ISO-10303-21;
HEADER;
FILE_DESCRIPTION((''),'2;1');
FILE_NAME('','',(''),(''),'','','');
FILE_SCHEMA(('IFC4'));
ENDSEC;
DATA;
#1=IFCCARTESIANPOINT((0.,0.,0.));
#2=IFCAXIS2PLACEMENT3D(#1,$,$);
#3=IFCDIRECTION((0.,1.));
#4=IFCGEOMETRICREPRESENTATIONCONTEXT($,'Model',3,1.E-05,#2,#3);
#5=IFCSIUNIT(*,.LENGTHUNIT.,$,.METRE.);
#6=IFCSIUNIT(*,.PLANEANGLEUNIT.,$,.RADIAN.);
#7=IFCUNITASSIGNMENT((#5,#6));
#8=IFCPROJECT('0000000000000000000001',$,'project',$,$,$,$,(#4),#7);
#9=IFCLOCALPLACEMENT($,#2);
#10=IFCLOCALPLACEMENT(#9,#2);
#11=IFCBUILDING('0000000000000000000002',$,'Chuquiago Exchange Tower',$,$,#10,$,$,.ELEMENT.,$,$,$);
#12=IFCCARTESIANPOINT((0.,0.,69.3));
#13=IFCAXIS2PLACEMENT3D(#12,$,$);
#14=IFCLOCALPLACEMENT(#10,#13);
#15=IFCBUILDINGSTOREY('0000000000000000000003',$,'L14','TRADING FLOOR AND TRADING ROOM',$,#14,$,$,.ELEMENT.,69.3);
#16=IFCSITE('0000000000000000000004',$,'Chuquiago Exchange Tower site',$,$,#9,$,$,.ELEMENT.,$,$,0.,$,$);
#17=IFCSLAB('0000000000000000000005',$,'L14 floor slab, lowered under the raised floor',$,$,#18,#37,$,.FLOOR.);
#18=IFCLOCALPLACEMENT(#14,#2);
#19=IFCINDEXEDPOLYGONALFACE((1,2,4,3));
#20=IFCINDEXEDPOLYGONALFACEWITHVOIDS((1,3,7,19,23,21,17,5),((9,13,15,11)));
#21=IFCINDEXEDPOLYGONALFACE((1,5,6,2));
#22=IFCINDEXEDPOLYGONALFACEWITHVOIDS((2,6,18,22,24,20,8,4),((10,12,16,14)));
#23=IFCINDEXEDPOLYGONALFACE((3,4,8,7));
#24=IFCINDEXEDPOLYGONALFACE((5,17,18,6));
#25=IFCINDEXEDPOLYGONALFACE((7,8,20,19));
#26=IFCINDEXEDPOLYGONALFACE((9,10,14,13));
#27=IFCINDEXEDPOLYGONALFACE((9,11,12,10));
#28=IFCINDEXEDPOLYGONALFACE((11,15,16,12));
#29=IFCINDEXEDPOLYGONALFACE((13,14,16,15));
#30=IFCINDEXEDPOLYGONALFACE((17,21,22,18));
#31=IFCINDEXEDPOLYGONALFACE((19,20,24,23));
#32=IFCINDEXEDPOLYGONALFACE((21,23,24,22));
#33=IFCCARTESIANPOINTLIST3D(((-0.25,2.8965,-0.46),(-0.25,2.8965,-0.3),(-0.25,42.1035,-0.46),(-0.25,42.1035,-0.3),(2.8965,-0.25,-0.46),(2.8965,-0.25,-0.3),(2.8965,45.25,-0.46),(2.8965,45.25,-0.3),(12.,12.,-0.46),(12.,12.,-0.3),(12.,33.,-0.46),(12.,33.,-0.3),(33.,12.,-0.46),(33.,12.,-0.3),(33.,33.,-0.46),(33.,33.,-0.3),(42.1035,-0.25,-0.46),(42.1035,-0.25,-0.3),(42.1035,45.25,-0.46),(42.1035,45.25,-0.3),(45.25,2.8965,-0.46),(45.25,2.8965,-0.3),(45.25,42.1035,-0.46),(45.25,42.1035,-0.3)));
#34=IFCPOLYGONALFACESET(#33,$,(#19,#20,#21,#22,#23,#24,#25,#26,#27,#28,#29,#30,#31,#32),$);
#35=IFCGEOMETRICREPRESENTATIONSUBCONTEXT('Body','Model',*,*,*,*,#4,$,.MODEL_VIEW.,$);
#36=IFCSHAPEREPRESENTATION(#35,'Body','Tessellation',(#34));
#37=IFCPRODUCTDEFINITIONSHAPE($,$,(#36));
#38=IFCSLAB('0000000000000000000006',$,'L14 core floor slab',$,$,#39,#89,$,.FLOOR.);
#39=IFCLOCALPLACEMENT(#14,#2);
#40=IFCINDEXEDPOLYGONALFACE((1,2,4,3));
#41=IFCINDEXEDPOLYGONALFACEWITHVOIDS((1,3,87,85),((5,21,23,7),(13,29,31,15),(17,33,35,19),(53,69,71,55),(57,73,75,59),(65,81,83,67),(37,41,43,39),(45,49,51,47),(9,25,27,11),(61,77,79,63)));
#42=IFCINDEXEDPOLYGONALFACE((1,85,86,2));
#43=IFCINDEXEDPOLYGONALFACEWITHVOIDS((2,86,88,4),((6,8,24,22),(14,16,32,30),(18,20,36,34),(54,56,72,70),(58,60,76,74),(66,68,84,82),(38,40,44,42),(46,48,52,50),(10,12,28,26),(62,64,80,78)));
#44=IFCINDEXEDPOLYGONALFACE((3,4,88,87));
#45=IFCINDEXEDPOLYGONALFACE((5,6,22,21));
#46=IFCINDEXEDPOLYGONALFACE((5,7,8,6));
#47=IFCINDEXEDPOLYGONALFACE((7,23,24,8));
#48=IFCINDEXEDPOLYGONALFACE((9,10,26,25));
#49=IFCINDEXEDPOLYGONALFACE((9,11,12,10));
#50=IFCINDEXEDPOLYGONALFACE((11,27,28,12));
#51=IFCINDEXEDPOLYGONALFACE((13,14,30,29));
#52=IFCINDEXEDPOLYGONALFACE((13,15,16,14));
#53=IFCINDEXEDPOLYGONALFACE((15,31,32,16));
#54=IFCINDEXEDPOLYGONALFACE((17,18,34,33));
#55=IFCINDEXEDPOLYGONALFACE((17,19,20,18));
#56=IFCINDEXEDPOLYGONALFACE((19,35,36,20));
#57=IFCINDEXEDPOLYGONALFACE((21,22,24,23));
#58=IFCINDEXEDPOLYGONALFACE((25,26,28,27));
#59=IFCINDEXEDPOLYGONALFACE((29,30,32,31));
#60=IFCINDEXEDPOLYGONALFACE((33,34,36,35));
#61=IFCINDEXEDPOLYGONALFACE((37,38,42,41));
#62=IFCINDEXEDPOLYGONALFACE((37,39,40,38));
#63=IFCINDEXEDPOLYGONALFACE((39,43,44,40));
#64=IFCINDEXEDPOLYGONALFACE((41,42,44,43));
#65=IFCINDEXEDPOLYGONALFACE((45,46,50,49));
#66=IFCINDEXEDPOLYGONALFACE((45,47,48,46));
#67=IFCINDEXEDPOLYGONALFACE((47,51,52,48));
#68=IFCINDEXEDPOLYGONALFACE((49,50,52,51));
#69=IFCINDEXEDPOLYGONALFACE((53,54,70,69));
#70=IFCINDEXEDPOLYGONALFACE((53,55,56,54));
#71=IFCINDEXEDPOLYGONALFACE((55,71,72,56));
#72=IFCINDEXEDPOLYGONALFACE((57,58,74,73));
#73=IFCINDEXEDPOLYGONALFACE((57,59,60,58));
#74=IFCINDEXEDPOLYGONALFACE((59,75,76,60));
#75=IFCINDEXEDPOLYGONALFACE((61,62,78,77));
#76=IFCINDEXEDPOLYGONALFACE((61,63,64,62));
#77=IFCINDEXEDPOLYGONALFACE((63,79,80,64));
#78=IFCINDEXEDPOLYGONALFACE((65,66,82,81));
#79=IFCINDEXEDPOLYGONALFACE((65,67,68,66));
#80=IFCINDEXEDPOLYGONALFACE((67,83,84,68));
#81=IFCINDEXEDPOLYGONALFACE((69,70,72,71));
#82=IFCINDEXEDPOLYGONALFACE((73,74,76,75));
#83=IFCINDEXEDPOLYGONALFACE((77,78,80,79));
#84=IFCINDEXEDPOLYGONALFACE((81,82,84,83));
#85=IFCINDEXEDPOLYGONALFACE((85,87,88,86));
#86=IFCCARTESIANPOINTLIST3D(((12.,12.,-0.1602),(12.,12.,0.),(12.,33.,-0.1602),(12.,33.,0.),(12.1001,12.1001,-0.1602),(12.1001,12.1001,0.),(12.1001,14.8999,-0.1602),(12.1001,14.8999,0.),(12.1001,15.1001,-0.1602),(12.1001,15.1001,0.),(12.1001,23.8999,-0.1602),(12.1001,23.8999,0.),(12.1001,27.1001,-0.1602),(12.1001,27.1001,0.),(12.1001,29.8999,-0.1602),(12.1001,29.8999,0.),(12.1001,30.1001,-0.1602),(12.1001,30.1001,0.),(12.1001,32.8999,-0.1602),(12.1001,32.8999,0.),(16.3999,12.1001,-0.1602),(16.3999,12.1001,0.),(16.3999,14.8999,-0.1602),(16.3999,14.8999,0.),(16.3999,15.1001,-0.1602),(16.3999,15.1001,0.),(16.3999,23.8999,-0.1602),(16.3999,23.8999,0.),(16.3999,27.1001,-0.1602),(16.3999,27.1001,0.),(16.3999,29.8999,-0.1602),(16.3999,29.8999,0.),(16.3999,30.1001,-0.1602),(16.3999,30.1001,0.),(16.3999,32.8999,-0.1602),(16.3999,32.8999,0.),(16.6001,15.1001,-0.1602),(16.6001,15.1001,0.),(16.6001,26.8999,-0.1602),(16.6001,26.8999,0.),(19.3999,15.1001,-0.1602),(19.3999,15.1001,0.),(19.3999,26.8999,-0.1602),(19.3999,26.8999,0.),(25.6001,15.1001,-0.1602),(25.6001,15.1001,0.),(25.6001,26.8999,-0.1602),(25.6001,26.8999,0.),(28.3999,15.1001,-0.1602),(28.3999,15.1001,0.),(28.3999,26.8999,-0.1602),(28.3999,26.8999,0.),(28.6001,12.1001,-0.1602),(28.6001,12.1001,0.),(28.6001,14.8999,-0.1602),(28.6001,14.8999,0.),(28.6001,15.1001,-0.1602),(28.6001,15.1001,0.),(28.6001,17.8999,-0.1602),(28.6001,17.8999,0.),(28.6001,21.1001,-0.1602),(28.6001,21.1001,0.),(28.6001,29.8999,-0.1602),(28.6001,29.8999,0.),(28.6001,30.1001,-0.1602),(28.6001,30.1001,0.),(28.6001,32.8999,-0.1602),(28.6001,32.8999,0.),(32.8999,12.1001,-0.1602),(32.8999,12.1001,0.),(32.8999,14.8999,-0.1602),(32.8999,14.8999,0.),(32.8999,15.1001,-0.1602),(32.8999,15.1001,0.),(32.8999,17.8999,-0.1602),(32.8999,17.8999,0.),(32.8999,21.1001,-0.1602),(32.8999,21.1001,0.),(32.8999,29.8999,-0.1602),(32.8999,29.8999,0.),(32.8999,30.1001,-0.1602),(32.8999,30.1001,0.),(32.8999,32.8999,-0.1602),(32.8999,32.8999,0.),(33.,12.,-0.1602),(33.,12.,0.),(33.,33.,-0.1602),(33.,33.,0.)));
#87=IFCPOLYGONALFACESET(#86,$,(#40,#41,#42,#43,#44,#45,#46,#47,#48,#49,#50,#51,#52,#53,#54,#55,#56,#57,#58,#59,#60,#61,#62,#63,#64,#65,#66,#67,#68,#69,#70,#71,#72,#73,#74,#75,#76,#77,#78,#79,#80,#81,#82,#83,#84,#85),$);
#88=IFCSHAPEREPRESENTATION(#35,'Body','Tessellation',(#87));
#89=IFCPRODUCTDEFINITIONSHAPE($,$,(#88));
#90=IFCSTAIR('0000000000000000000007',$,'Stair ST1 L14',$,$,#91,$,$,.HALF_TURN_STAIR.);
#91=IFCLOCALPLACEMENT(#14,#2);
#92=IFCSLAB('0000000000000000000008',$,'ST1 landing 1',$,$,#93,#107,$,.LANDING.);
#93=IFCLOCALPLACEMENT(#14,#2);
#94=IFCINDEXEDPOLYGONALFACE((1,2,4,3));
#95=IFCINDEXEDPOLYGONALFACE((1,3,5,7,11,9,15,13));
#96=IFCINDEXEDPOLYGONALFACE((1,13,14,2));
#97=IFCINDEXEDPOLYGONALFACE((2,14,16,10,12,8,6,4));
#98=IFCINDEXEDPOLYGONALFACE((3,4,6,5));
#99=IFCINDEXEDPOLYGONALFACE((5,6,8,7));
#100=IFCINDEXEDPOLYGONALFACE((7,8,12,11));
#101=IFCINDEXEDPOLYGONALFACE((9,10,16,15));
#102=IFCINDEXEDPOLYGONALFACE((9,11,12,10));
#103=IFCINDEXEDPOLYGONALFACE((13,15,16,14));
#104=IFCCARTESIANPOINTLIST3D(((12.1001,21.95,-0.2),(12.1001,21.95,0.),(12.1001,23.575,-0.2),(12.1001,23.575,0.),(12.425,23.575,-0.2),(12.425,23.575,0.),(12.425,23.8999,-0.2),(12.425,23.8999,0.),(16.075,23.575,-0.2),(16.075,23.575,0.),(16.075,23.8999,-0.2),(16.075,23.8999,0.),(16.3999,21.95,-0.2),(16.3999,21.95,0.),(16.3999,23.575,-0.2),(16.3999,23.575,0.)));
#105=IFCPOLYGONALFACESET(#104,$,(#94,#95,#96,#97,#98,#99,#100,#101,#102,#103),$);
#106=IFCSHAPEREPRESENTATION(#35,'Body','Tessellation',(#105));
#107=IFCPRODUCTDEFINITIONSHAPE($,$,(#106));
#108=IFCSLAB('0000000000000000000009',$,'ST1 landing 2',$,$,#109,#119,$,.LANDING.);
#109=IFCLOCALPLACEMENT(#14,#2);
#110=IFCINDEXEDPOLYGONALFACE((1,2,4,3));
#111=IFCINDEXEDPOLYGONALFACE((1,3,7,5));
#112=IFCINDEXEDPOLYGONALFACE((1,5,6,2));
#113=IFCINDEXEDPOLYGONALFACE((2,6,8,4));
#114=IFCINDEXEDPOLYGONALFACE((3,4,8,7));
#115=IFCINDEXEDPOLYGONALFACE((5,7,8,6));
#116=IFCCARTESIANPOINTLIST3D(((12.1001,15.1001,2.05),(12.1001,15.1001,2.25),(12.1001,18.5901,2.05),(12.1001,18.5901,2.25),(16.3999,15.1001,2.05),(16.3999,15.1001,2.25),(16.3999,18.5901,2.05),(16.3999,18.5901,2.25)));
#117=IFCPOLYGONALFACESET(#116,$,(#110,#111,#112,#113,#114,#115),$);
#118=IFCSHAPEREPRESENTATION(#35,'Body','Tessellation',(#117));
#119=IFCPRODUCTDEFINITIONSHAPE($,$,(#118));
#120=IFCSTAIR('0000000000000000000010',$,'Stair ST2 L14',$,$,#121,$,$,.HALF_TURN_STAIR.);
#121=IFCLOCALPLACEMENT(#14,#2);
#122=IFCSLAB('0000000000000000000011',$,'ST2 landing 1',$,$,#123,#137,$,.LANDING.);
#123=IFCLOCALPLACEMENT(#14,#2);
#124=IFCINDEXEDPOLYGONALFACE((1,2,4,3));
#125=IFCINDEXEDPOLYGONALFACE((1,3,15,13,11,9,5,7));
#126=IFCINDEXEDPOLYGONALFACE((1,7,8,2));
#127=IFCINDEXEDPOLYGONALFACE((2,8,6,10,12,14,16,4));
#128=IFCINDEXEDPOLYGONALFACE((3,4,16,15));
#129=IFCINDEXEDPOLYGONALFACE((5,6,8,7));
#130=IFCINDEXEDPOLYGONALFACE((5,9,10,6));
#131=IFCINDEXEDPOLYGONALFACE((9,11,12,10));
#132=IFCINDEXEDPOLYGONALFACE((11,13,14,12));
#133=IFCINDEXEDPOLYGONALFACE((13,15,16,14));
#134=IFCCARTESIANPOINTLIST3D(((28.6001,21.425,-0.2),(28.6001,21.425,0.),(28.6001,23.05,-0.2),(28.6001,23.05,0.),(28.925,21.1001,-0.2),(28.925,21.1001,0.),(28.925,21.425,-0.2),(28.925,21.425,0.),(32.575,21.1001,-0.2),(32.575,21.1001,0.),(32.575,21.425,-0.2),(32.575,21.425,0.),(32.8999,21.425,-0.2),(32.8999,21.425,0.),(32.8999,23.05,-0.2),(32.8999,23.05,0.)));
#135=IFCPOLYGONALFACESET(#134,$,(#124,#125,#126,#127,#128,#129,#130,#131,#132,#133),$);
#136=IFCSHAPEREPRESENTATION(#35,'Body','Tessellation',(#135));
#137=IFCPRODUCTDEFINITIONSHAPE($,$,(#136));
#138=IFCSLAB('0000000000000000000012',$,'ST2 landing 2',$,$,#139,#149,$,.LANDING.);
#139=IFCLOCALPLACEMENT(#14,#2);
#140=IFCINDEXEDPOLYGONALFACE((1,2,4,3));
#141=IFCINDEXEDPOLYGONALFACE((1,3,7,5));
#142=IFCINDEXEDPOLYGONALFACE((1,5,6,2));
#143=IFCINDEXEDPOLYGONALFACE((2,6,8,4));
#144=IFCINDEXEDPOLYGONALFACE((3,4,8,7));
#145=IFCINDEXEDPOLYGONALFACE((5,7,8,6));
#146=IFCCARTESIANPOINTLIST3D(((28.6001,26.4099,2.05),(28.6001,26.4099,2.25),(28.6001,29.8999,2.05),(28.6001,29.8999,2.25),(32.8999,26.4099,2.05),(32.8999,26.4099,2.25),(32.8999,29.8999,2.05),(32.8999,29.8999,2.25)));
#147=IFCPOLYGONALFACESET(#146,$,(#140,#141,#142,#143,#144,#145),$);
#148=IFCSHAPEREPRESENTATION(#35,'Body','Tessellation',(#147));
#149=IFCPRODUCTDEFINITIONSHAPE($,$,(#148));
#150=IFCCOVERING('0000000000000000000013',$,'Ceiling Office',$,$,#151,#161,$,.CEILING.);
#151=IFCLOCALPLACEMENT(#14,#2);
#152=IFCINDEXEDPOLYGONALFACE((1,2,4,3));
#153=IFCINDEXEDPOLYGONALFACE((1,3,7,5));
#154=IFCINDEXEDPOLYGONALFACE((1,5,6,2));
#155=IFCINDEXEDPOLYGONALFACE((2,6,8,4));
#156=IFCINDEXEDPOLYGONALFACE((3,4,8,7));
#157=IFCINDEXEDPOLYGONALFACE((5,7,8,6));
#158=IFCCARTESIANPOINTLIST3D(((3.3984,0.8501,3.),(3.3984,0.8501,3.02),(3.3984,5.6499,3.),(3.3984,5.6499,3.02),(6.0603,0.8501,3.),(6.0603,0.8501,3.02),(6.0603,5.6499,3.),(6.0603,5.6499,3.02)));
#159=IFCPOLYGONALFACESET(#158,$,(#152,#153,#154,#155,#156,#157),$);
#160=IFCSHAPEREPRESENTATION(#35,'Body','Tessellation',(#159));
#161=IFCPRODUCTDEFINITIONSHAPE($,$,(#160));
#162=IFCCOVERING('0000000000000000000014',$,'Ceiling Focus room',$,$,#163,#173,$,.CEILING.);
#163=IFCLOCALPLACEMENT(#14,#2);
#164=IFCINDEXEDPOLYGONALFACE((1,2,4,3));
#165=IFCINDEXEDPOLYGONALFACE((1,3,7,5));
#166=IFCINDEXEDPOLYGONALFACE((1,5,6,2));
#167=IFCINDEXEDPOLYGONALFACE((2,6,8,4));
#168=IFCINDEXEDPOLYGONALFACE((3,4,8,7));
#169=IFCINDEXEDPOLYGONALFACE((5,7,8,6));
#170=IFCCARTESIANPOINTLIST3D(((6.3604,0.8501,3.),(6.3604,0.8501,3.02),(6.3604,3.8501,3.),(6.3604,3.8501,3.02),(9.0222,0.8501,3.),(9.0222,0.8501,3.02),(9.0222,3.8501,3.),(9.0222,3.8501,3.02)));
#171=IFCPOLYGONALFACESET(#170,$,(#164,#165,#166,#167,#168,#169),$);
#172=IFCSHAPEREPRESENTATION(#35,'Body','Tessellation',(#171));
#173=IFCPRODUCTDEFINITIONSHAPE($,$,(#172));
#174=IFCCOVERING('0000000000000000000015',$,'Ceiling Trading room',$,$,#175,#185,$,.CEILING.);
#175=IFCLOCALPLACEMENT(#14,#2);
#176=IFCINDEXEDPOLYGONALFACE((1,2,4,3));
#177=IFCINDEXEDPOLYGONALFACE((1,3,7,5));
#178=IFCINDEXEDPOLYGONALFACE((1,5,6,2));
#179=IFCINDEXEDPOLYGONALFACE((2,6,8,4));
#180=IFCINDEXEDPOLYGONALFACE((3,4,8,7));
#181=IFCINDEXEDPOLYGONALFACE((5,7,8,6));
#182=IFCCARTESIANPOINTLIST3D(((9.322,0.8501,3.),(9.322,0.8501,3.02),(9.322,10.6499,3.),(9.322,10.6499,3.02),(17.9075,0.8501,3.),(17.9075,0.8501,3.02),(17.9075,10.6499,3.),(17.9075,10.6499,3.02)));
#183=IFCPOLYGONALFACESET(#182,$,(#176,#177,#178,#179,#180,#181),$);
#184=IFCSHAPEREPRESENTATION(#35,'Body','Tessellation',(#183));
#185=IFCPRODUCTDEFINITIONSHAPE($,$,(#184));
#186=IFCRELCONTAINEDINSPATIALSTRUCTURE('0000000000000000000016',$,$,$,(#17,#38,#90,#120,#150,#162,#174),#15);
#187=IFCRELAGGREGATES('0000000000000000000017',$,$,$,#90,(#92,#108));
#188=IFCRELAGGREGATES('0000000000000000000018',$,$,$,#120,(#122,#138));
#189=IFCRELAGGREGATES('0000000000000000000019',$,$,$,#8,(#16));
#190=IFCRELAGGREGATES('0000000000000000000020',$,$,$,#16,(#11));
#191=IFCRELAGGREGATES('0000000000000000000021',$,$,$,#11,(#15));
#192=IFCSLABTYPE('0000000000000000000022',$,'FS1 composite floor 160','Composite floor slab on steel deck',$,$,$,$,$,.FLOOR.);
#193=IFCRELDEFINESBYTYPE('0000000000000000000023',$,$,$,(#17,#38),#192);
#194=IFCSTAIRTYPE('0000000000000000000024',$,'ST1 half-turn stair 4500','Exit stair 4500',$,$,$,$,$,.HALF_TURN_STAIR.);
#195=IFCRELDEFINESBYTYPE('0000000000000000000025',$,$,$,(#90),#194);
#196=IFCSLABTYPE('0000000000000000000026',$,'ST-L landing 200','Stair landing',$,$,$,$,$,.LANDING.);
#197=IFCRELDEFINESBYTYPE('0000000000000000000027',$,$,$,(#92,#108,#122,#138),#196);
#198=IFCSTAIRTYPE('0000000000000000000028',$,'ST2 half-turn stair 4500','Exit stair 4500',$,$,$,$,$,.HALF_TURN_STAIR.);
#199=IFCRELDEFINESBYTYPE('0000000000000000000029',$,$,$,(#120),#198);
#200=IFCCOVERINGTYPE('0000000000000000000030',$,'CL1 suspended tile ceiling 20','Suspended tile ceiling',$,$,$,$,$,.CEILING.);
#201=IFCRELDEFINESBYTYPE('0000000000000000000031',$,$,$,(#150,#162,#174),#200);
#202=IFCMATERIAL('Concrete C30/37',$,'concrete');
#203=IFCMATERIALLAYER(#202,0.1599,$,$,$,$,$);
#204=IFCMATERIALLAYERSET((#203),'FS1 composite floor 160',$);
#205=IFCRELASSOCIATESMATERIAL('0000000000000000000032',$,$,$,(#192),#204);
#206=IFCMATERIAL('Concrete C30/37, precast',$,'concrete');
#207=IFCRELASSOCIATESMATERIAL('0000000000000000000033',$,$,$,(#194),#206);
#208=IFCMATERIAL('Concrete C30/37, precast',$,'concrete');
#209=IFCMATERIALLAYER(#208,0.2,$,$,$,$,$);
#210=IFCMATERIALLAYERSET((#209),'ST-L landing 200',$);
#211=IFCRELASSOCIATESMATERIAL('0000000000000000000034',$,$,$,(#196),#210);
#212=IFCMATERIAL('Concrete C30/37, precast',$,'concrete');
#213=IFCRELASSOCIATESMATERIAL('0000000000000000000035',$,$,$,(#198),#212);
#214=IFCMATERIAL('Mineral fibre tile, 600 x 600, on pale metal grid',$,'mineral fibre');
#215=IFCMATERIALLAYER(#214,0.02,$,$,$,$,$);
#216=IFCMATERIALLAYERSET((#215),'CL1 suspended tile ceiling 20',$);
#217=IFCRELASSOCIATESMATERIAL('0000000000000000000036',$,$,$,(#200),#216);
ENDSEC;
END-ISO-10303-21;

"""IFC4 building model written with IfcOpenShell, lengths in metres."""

from ifc_helpers import new_model, si_unit, direction, frame, origin, place, context, subcontext, project, spatial, polyline, outline, extrude, material, layer, layer_set, type_object, element, aggregate, save


model = new_model("IFC4")

# Units and contexts
model_context = context("Model", 3, precision=1e-05, world=origin(), true_north=direction((0.0, 1.0)))
body_context = subcontext(model_context, "Body", "Model", "MODEL_VIEW")
ifc_project = project(units=[si_unit("LENGTHUNIT", "METRE"), si_unit("PLANEANGLEUNIT", "RADIAN")], contexts=[model_context])

# Site, building, storey
site_placement = place(None, origin())
site = spatial("IfcSite", under=ifc_project, at=site_placement, Name="Chuquiago Exchange Tower site", CompositionType="ELEMENT", RefElevation=0.0)
building_placement = place(site_placement, origin())
building = spatial("IfcBuilding", under=site, at=building_placement, Name="Chuquiago Exchange Tower", CompositionType="ELEMENT")
storey_placement = place(building_placement, frame((0.0, 0.0, 69.3)))
storey = spatial("IfcBuildingStorey", under=building, at=storey_placement, Name="L14", Description="TRADING FLOOR AND TRADING ROOM", CompositionType="ELEMENT", Elevation=69.3)

# Slabs
ifc_material_1 = material(Name="Concrete C30/37", Category="concrete")
ifc_layer_1 = layer(ifc_material_1, 0.1599)
ifc_layer_set_1 = layer_set([ifc_layer_1], Name="FS1 composite floor 160")
slab_type_1 = type_object("IfcSlabType", Name="FS1 composite floor 160", Description="Composite floor slab on steel deck", PredefinedType="FLOOR", material=ifc_layer_set_1)
slab_1_placement = place(storey_placement, frame((0.0, 0.0, -0.46)))
element("IfcSlab", 1, at=slab_1_placement, inside=storey, type_object=slab_type_1, Name="L14 floor slab, lowered under the raised floor", PredefinedType="FLOOR", context=body_context, shape_type="SweptSolid", body=[
    extrude(outline(polyline([(-0.25, 2.8965), (-0.25, 42.1035), (2.8965, 45.25), (42.1035, 45.25), (45.25, 42.1035), (45.25, 2.8965), (42.1035, -0.25), (2.8965, -0.25), (-0.25, 2.8965)]), holes=[polyline([(33.0, 33.0), (12.0, 33.0), (12.0, 12.0), (33.0, 12.0), (33.0, 33.0)])]), origin(), (0.0, 0.0, 1.0), 0.1599),
])
slab_2_placement = place(storey_placement, frame((0.0, 0.0, -0.1602)))
element("IfcSlab", 2, at=slab_2_placement, inside=storey, type_object=slab_type_1, Name="L14 core floor slab", PredefinedType="FLOOR", context=body_context, shape_type="SweptSolid", body=[
    extrude(outline(polyline([(33.0, 12.0), (33.0, 33.0), (12.0, 33.0), (12.0, 12.0), (33.0, 12.0)]), holes=[polyline([(16.3999, 15.1001), (12.1001, 15.1001), (12.1001, 23.8999), (16.3999, 23.8999), (16.3999, 15.1001)]), polyline([(32.8999, 21.1001), (28.6001, 21.1001), (28.6001, 29.8999), (32.8999, 29.8999), (32.8999, 21.1001)]), polyline([(16.3999, 12.1001), (12.1001, 12.1001), (12.1001, 14.8999), (16.3999, 14.8999), (16.3999, 12.1001)]), polyline([(16.3999, 30.1001), (12.1001, 30.1001), (12.1001, 32.8999), (16.3999, 32.8999), (16.3999, 30.1001)]), polyline([(32.8999, 12.1001), (28.6001, 12.1001), (28.6001, 14.8999), (32.8999, 14.8999), (32.8999, 12.1001)]), polyline([(32.8999, 30.1001), (28.6001, 30.1001), (28.6001, 32.8999), (32.8999, 32.8999), (32.8999, 30.1001)]), polyline([(16.3999, 27.1001), (12.1001, 27.1001), (12.1001, 29.8999), (16.3999, 29.8999), (16.3999, 27.1001)]), polyline([(32.8999, 15.1001), (28.6001, 15.1001), (28.6001, 17.8999), (32.8999, 17.8999), (32.8999, 15.1001)]), polyline([(19.3999, 15.1001), (16.6001, 15.1001), (16.6001, 26.8999), (19.3999, 26.8999), (19.3999, 15.1001)]), polyline([(28.3999, 15.1001), (25.6001, 15.1001), (25.6001, 26.8999), (28.3999, 26.8999), (28.3999, 15.1001)])]), origin(), (0.0, 0.0, 1.0), 0.1602),
])

# Stairs, slabs
ifc_material_2 = material(Name="Concrete C30/37, precast", Category="concrete")
stair_type_1 = type_object("IfcStairType", Name="ST1 half-turn stair 4500", Description="Exit stair 4500", PredefinedType="HALF_TURN_STAIR", material=ifc_material_2)
stair_1_placement = place(storey_placement, origin())
stair_1 = element("IfcStair", 3, at=stair_1_placement, inside=storey, type_object=stair_type_1, Name="Stair ST1 L14", PredefinedType="HALF_TURN_STAIR")
ifc_material_3 = material(Name="Concrete C30/37, precast", Category="concrete")
ifc_layer_2 = layer(ifc_material_3, 0.2)
ifc_layer_set_2 = layer_set([ifc_layer_2], Name="ST-L landing 200")
slab_type_2 = type_object("IfcSlabType", Name="ST-L landing 200", Description="Stair landing", PredefinedType="LANDING", material=ifc_layer_set_2)
slab_3_placement = place(storey_placement, frame((0.0, 0.0, -0.2)))
slab_3 = element("IfcSlab", 4, at=slab_3_placement, type_object=slab_type_2, Name="ST1 landing 1", PredefinedType="LANDING", context=body_context, shape_type="SweptSolid", body=[
    extrude(outline(polyline([(12.425, 23.8999), (16.075, 23.8999), (16.075, 23.575), (16.3999, 23.575), (16.3999, 21.95), (12.1001, 21.95), (12.1001, 23.575), (12.425, 23.575), (12.425, 23.8999)])), origin(), (0.0, 0.0, 1.0), 0.2),
])
slab_4_placement = place(storey_placement, frame((0.0, 0.0, 2.05)))
slab_4 = element("IfcSlab", 5, at=slab_4_placement, type_object=slab_type_2, Name="ST1 landing 2", PredefinedType="LANDING", context=body_context, shape_type="SweptSolid", body=[
    extrude(outline(polyline([(12.1001, 18.5901), (16.3999, 18.5901), (16.3999, 15.1001), (12.1001, 15.1001), (12.1001, 18.5901)])), origin(), (0.0, 0.0, 1.0), 0.2),
])
aggregate(stair_1, [slab_3, slab_4])
ifc_material_4 = material(Name="Concrete C30/37, precast", Category="concrete")
stair_type_2 = type_object("IfcStairType", Name="ST2 half-turn stair 4500", Description="Exit stair 4500", PredefinedType="HALF_TURN_STAIR", material=ifc_material_4)
stair_2_placement = place(storey_placement, origin())
stair_2 = element("IfcStair", 6, at=stair_2_placement, inside=storey, type_object=stair_type_2, Name="Stair ST2 L14", PredefinedType="HALF_TURN_STAIR")
slab_5_placement = place(storey_placement, frame((0.0, 0.0, -0.2)))
slab_5 = element("IfcSlab", 7, at=slab_5_placement, type_object=slab_type_2, Name="ST2 landing 1", PredefinedType="LANDING", context=body_context, shape_type="SweptSolid", body=[
    extrude(outline(polyline([(32.575, 21.425), (32.575, 21.1001), (28.925, 21.1001), (28.925, 21.425), (28.6001, 21.425), (28.6001, 23.05), (32.8999, 23.05), (32.8999, 21.425), (32.575, 21.425)])), origin(), (0.0, 0.0, 1.0), 0.2),
])
slab_6_placement = place(storey_placement, frame((0.0, 0.0, 2.05)))
slab_6 = element("IfcSlab", 8, at=slab_6_placement, type_object=slab_type_2, Name="ST2 landing 2", PredefinedType="LANDING", context=body_context, shape_type="SweptSolid", body=[
    extrude(outline(polyline([(28.6001, 29.8999), (32.8999, 29.8999), (32.8999, 26.4099), (28.6001, 26.4099), (28.6001, 29.8999)])), origin(), (0.0, 0.0, 1.0), 0.2),
])
aggregate(stair_2, [slab_5, slab_6])

# Coverings
ifc_material_5 = material(Name="Mineral fibre tile, 600 x 600, on pale metal grid", Category="mineral fibre")
ifc_layer_3 = layer(ifc_material_5, 0.02)
ifc_layer_set_3 = layer_set([ifc_layer_3], Name="CL1 suspended tile ceiling 20")
covering_type_1 = type_object("IfcCoveringType", Name="CL1 suspended tile ceiling 20", Description="Suspended tile ceiling", PredefinedType="CEILING", material=ifc_layer_set_3)
covering_1_placement = place(storey_placement, frame((0.0, 0.0, 3.0)))
element("IfcCovering", 9, at=covering_1_placement, inside=storey, type_object=covering_type_1, Name="Ceiling Office", PredefinedType="CEILING", context=body_context, shape_type="SweptSolid", body=[
    extrude(outline(polyline([(3.3984, 5.6499), (6.0603, 5.6499), (6.0603, 0.8501), (3.3984, 0.8501), (3.3984, 5.6499)])), origin(), (0.0, 0.0, 1.0), 0.02),
])
covering_2_placement = place(storey_placement, frame((0.0, 0.0, 3.0)))
element("IfcCovering", 10, at=covering_2_placement, inside=storey, type_object=covering_type_1, Name="Ceiling Focus room", PredefinedType="CEILING", context=body_context, shape_type="SweptSolid", body=[
    extrude(outline(polyline([(6.3604, 3.8501), (9.0222, 3.8501), (9.0222, 0.8501), (6.3604, 0.8501), (6.3604, 3.8501)])), origin(), (0.0, 0.0, 1.0), 0.02),
])
covering_3_placement = place(storey_placement, frame((0.0, 0.0, 3.0)))
element("IfcCovering", 11, at=covering_3_placement, inside=storey, type_object=covering_type_1, Name="Ceiling Trading room", PredefinedType="CEILING", context=body_context, shape_type="SweptSolid", body=[
    extrude(outline(polyline([(9.322, 10.6499), (17.9075, 10.6499), (17.9075, 0.8501), (9.322, 0.8501), (9.322, 10.6499)])), origin(), (0.0, 0.0, 1.0), 0.02),
])

save(model, "model.ifc")
